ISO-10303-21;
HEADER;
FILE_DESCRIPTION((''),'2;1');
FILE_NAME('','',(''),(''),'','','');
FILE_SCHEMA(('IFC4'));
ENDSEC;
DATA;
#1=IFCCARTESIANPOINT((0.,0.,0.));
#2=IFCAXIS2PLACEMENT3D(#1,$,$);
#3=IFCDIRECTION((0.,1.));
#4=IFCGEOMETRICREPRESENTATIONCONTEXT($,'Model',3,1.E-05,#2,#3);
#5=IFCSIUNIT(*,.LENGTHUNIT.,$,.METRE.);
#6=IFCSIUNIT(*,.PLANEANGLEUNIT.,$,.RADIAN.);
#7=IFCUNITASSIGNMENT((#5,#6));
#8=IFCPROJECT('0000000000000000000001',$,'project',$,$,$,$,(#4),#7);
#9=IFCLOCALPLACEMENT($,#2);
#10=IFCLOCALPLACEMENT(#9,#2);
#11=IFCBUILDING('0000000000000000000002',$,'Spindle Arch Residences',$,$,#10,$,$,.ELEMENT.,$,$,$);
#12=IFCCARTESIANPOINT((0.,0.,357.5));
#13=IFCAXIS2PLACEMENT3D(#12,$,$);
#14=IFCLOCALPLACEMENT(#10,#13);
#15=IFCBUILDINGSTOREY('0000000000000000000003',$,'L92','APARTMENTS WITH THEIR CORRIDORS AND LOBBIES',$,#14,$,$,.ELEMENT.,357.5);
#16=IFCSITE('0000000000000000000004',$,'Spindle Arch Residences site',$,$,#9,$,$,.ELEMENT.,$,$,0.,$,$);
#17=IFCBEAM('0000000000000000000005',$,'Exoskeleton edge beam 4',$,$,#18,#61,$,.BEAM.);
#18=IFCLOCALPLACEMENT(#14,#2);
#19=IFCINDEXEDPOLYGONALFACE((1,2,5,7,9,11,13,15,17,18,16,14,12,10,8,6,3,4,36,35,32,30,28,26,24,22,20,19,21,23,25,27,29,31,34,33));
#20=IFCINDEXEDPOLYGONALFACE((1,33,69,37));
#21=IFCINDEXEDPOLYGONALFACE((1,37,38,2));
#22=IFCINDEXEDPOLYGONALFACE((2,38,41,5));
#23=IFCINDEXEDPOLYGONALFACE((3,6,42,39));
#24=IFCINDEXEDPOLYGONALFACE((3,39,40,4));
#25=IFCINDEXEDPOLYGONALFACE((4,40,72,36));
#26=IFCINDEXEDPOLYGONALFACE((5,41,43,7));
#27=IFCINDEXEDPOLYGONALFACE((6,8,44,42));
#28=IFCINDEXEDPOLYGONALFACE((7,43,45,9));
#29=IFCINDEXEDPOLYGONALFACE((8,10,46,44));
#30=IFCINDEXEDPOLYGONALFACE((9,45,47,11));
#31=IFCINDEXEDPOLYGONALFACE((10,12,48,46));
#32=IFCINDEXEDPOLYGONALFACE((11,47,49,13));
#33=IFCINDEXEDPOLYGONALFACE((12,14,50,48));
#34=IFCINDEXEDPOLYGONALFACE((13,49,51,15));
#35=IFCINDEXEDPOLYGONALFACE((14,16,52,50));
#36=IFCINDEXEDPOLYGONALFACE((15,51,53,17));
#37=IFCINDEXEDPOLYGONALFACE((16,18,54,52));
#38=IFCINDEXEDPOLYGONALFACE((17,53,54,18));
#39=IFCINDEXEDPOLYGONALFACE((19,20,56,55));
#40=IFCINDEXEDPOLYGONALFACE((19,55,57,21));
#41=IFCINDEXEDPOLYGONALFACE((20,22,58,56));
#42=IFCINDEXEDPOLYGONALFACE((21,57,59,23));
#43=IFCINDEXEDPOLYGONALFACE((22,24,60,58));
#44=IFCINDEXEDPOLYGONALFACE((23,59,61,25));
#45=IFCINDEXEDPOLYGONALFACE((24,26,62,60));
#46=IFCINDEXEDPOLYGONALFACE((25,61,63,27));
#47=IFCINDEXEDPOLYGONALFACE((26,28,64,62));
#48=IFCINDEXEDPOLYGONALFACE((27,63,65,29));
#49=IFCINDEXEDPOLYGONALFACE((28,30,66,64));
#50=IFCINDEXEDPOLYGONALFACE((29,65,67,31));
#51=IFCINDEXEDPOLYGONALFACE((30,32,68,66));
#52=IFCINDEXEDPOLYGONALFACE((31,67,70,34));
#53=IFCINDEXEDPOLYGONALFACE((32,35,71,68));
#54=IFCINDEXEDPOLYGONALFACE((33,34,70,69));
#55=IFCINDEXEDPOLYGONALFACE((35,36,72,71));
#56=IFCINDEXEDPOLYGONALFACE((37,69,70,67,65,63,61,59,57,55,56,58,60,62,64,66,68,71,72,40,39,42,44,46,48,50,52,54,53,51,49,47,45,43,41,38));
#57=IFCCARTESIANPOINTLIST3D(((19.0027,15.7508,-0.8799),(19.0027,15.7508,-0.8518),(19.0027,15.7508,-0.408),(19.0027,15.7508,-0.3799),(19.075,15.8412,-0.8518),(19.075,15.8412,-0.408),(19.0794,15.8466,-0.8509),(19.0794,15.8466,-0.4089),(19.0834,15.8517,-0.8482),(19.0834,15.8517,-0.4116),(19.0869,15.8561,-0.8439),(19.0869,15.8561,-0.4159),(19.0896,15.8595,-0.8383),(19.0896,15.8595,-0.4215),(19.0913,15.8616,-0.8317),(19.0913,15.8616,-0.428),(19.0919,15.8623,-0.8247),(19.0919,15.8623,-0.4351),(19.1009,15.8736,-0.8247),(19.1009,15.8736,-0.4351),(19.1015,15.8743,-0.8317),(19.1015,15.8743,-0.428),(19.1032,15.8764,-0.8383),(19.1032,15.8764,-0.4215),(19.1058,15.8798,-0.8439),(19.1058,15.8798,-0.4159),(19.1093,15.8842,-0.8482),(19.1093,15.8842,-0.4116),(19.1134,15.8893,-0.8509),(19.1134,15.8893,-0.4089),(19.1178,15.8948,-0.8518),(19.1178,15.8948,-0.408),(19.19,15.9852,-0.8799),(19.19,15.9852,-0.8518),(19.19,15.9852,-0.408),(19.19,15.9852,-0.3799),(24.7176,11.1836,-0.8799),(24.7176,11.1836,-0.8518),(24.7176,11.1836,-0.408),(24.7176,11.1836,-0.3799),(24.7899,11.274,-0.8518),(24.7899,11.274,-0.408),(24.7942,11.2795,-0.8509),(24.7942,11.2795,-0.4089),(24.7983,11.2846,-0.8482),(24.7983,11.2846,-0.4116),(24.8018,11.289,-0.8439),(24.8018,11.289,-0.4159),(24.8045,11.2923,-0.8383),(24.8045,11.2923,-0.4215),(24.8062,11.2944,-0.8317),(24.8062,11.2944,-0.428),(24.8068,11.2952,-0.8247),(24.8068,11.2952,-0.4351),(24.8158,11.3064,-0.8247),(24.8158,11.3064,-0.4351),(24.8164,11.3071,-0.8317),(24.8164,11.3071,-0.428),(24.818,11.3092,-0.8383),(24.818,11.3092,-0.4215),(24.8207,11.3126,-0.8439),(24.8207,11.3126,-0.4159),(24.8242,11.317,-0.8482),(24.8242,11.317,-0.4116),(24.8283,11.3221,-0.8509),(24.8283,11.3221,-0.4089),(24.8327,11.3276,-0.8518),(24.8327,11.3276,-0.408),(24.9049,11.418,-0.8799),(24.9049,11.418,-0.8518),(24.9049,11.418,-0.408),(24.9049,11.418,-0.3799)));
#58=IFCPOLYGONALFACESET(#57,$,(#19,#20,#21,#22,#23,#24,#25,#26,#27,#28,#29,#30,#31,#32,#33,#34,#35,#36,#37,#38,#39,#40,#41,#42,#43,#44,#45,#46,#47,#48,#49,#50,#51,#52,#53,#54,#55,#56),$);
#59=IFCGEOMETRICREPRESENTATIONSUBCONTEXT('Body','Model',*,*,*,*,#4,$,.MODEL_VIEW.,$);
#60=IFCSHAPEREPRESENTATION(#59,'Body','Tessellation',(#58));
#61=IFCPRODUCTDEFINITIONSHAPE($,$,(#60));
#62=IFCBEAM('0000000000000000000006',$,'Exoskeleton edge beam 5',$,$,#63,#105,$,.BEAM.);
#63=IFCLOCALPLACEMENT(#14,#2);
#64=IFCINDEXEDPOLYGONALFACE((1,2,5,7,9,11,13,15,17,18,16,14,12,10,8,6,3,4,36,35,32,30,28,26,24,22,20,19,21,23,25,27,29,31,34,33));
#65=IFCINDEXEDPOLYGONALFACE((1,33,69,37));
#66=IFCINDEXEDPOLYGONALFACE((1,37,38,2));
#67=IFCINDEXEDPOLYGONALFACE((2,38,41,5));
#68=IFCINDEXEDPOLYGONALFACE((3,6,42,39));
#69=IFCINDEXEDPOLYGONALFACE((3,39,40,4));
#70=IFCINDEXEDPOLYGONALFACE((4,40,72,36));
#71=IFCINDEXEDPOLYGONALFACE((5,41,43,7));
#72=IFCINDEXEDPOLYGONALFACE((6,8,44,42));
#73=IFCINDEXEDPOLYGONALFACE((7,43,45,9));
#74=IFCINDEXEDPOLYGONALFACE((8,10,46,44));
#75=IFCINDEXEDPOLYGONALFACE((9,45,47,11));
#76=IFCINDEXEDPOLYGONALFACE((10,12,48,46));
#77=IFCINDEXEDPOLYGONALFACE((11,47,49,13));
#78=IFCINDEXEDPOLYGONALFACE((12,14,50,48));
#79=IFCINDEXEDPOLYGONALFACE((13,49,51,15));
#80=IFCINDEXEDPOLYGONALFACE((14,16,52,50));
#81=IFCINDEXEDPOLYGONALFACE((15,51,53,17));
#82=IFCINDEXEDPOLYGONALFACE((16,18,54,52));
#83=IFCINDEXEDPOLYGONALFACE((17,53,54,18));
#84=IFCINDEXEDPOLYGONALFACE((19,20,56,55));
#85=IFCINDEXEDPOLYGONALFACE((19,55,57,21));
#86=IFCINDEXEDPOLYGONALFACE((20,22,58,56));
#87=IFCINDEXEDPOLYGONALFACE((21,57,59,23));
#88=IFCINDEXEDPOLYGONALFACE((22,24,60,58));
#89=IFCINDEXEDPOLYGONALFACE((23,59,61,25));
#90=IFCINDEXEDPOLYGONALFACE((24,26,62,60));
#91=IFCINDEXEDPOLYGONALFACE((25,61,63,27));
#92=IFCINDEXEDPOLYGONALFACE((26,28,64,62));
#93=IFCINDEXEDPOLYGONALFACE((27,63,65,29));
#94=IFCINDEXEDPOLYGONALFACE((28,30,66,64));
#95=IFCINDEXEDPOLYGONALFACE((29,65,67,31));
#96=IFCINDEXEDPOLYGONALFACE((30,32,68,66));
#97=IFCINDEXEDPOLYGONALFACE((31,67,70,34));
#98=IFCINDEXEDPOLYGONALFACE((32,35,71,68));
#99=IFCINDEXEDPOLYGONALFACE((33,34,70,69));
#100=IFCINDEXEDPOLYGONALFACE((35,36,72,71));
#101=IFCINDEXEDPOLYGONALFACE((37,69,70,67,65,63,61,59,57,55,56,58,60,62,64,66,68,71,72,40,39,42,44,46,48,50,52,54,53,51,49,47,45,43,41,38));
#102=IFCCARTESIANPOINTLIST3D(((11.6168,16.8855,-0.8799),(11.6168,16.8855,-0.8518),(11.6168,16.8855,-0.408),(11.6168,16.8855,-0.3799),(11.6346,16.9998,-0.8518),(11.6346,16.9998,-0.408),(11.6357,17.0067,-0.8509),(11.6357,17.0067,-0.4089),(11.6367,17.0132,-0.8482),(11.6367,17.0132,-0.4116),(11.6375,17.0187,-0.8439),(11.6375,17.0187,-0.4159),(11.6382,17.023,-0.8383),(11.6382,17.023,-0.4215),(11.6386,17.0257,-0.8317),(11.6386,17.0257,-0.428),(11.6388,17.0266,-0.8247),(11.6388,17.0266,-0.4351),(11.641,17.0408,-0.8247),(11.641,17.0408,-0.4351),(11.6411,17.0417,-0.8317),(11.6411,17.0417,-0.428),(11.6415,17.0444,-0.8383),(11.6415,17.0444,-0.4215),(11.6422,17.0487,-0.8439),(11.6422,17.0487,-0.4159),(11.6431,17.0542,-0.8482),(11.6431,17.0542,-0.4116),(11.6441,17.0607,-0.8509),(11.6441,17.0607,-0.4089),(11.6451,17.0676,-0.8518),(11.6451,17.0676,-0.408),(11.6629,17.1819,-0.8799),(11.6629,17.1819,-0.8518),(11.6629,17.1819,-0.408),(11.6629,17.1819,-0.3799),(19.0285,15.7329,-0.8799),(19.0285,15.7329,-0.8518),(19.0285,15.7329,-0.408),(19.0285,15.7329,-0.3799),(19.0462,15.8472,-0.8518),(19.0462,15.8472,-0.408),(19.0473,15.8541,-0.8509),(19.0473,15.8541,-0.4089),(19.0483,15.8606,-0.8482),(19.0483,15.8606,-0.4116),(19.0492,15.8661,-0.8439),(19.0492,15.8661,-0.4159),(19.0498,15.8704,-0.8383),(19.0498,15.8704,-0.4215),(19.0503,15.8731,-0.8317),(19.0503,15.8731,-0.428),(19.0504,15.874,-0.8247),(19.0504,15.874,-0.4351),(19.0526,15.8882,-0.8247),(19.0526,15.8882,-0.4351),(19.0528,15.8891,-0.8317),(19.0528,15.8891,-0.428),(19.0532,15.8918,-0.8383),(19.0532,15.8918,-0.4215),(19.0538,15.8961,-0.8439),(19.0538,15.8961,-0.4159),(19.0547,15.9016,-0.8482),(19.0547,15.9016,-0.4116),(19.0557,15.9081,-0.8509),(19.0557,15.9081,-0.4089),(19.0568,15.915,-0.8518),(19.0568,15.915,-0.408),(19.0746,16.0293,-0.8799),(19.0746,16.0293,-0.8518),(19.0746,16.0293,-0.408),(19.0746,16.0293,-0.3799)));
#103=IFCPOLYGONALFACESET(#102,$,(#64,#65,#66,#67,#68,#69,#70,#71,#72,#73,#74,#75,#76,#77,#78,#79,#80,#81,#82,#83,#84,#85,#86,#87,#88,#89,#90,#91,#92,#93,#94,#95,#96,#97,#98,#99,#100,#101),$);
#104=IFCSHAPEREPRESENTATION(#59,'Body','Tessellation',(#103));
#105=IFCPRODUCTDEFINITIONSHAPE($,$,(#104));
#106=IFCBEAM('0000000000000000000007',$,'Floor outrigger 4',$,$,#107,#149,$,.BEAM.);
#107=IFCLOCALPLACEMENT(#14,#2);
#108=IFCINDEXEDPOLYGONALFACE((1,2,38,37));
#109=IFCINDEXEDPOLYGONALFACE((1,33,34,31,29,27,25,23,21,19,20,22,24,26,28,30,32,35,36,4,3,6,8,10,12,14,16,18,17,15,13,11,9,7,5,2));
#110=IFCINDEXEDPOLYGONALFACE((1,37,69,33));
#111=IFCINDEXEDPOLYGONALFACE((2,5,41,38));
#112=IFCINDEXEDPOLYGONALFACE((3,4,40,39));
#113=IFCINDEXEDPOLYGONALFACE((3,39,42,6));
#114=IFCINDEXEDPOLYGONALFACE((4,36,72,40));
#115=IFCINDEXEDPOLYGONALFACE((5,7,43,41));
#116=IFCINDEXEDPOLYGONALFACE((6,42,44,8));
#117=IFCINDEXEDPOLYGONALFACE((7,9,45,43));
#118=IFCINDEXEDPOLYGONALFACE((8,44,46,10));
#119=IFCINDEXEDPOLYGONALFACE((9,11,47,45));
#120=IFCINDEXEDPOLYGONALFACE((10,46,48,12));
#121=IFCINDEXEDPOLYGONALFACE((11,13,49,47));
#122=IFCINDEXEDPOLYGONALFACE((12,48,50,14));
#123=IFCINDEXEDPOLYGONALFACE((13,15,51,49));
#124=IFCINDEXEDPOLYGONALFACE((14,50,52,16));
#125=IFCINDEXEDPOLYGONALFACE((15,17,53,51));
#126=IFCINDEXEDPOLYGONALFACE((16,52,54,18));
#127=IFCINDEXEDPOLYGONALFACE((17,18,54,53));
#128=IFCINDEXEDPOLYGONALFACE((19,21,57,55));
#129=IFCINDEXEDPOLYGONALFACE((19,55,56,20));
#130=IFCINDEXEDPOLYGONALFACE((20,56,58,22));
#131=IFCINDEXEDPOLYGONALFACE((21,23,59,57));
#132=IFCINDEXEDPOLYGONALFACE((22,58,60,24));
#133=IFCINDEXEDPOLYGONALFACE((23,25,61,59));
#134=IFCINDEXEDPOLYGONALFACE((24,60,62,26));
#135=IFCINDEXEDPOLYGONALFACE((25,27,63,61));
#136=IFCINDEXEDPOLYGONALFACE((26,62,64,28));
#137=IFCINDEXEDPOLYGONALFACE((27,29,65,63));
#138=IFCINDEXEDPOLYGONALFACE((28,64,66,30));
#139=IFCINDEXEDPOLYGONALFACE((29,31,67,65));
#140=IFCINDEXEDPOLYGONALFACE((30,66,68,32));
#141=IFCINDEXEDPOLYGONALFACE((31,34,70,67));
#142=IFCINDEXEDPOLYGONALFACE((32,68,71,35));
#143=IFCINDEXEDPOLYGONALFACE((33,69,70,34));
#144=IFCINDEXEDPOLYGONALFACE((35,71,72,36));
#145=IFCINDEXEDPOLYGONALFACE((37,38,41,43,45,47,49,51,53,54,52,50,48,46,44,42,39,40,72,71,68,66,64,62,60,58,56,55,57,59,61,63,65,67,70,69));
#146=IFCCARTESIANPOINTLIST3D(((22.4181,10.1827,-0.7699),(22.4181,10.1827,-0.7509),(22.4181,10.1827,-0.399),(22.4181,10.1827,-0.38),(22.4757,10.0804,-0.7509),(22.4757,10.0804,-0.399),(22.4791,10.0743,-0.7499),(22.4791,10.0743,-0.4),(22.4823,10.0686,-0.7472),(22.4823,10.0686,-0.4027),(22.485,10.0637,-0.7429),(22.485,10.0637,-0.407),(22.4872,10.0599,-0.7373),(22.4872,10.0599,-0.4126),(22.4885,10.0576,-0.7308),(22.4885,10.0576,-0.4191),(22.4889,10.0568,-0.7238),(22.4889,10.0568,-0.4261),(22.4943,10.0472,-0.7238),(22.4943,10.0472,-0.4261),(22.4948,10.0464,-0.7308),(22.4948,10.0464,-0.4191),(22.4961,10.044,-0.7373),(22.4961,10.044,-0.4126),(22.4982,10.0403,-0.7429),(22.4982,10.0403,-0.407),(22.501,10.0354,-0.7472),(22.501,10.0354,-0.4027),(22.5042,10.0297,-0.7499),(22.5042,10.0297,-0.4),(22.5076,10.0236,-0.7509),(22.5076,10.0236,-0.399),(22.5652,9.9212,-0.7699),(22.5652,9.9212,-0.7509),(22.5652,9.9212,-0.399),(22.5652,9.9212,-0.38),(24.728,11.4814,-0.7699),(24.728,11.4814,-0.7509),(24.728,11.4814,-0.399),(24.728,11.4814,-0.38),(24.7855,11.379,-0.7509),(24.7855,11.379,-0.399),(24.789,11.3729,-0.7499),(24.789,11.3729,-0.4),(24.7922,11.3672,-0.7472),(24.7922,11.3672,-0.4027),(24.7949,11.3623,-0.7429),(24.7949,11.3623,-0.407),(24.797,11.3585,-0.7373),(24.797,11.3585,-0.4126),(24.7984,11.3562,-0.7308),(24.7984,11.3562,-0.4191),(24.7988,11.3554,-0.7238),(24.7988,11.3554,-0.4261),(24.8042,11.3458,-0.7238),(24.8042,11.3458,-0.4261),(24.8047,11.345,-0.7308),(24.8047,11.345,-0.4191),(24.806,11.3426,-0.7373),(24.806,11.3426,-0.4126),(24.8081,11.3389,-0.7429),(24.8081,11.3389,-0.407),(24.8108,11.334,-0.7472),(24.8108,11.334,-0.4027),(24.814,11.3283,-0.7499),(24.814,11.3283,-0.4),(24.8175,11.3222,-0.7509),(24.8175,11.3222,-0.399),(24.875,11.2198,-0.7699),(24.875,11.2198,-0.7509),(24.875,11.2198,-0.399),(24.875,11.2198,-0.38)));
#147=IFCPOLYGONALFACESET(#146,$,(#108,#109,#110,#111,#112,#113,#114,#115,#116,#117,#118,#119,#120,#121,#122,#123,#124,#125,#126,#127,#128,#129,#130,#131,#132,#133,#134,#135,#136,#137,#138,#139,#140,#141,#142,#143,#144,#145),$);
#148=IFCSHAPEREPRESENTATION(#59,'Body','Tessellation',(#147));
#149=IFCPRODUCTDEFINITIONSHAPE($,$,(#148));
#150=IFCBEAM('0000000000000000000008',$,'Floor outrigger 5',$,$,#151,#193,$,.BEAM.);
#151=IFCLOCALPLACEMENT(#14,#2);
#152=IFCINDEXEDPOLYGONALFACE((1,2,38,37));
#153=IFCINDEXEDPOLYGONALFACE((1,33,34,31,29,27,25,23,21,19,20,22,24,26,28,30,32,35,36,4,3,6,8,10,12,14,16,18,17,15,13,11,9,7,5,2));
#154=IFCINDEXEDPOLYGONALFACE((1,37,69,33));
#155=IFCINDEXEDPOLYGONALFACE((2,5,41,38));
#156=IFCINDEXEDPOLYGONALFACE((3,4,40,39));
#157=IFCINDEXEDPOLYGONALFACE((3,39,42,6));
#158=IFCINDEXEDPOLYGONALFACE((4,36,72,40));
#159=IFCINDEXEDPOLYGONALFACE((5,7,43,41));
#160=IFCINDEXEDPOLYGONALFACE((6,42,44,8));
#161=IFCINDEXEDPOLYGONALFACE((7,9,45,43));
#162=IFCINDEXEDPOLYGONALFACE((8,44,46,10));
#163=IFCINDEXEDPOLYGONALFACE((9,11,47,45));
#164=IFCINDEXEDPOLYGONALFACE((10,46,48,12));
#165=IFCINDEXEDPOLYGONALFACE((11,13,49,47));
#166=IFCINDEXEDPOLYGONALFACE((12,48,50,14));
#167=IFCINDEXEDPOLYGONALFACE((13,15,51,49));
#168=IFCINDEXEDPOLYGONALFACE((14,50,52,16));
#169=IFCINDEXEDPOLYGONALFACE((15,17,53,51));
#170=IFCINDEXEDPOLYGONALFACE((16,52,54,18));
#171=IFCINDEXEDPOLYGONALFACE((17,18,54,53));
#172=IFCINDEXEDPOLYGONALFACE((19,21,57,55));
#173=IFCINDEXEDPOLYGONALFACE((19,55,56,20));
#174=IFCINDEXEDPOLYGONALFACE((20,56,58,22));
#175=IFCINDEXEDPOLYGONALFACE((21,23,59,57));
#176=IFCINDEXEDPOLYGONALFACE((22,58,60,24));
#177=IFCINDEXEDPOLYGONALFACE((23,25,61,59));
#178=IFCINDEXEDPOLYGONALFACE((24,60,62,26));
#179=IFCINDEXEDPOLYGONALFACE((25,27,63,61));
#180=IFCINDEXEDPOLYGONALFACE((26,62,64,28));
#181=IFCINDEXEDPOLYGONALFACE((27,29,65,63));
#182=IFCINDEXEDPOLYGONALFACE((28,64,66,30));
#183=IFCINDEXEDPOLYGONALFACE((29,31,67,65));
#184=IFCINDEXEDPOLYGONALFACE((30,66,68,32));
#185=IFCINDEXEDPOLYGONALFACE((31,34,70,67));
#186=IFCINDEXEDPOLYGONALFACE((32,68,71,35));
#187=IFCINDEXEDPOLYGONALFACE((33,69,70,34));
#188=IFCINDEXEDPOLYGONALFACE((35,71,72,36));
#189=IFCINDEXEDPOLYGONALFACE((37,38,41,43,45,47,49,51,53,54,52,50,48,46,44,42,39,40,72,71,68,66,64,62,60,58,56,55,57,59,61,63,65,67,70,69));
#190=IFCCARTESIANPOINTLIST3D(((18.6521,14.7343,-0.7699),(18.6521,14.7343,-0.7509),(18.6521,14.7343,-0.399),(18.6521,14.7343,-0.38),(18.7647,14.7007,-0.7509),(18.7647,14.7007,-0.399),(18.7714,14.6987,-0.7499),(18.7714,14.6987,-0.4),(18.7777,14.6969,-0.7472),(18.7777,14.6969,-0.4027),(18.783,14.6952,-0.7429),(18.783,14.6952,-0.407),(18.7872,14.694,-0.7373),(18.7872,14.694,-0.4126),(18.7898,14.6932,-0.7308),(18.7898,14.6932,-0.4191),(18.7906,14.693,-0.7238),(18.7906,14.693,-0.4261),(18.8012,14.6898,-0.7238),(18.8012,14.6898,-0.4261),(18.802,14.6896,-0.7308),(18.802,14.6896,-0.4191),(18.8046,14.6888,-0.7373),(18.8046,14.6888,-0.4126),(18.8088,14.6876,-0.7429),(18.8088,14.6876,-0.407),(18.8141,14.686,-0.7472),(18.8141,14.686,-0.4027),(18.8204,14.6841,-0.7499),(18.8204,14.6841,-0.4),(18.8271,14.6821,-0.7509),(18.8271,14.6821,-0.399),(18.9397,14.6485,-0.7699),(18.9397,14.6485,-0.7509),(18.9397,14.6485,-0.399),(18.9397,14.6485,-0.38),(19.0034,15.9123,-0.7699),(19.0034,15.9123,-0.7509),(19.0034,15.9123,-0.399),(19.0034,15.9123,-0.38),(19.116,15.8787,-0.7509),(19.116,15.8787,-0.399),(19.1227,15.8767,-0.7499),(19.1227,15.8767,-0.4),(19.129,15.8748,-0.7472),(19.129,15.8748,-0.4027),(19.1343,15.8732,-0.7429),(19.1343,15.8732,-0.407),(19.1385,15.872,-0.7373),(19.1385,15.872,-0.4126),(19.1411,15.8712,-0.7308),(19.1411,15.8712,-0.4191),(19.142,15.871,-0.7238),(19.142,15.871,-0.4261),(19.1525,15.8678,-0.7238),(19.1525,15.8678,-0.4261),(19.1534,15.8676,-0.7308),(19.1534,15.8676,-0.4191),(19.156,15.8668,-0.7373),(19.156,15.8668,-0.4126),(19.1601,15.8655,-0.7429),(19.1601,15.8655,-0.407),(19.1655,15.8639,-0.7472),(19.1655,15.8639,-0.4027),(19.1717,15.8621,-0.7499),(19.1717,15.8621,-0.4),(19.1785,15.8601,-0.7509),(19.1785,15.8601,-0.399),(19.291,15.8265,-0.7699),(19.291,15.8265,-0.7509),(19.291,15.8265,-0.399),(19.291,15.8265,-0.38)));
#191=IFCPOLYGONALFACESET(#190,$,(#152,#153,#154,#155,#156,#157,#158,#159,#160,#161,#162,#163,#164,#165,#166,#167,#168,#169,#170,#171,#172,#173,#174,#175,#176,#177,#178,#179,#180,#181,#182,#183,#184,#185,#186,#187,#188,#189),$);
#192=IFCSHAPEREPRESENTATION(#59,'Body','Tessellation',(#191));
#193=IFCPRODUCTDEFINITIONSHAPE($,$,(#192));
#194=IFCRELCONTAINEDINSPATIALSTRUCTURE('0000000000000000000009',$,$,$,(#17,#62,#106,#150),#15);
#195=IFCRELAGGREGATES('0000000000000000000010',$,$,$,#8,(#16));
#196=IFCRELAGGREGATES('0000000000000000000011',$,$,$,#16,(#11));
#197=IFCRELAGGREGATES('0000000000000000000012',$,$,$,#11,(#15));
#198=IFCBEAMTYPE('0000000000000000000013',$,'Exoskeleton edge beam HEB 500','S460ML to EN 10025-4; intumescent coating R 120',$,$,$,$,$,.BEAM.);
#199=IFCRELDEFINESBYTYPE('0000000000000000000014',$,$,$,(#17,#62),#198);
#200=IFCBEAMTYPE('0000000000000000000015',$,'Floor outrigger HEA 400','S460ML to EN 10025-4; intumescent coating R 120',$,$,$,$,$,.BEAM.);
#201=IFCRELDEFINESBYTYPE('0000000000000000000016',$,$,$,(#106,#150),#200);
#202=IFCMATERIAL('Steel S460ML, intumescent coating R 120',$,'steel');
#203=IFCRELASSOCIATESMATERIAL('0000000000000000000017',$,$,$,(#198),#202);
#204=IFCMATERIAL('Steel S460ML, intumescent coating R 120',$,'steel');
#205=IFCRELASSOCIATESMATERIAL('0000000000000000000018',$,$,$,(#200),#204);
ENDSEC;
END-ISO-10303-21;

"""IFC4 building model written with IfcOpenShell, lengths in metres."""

from ifc_helpers import new_model, si_unit, direction, frame, origin, origin_2d, place, context, subcontext, project, spatial, i_section, extrude, material, material_profile, profile_set, type_object, element, save


model = new_model("IFC4")

# Units and contexts
model_context = context("Model", 3, precision=1e-05, world=origin(), true_north=direction((0.0, 1.0)))
body_context = subcontext(model_context, "Body", "Model", "MODEL_VIEW")
ifc_project = project(units=[si_unit("LENGTHUNIT", "METRE"), si_unit("PLANEANGLEUNIT", "RADIAN")], contexts=[model_context])

# Site, building, storey
site_placement = place(None, origin())
site = spatial("IfcSite", under=ifc_project, at=site_placement, Name="Spindle Arch Residences site", CompositionType="ELEMENT", RefElevation=0.0)
building_placement = place(site_placement, origin())
building = spatial("IfcBuilding", under=site, at=building_placement, Name="Spindle Arch Residences", CompositionType="ELEMENT")
storey_placement = place(building_placement, frame((0.0, 0.0, 357.5)))
storey = spatial("IfcBuildingStorey", under=building, at=storey_placement, Name="L92", Description="APARTMENTS WITH THEIR CORRIDORS AND LOBBIES", CompositionType="ELEMENT", Elevation=357.5)

# Beams
ifc_material_1 = material(Name="Steel S460ML, intumescent coating R 120", Category="steel")
ifc_material_profile_1 = material_profile(ifc_material_1, i_section(OverallWidth=0.3, OverallDepth=0.5, WebThickness=0.0144, FlangeThickness=0.0281, FilletRadius=0.0271, at=origin_2d()), Name="HEB 500")
ifc_profile_set_1 = profile_set([ifc_material_profile_1], Name="Steel S460ML, intumescent coating R 120")
beam_type_1 = type_object("IfcBeamType", Name="Exoskeleton edge beam HEB 500", Description="S460ML to EN 10025-4; intumescent coating R 120", PredefinedType="BEAM", material=ifc_profile_set_1)
beam_1_placement = place(storey_placement, frame((24.8113, 11.3008, -0.6299), z_axis=(-0.781185, 0.6243, 0.0), x_axis=(-0.6243, -0.781185, 0.0)))
element("IfcBeam", 1, at=beam_1_placement, inside=storey, type_object=beam_type_1, Name="Exoskeleton edge beam 4", PredefinedType="BEAM", context=body_context, shape_type="SweptSolid", body=[
    extrude(i_section(OverallWidth=0.3, OverallDepth=0.5, WebThickness=0.0144, FlangeThickness=0.0281, FilletRadius=0.0271, at=origin_2d()), origin(), (0.0, 0.0, 1.0), 7.3157),
])
beam_2_placement = place(storey_placement, frame((19.0515, 15.8811, -0.6299), z_axis=(-0.988123, 0.153664, 0.0), x_axis=(-0.153664, -0.988123, 0.0)))
element("IfcBeam", 2, at=beam_2_placement, inside=storey, type_object=beam_type_1, Name="Exoskeleton edge beam 5", PredefinedType="BEAM", context=body_context, shape_type="SweptSolid", body=[
    extrude(i_section(OverallWidth=0.3, OverallDepth=0.5, WebThickness=0.0144, FlangeThickness=0.0281, FilletRadius=0.0271, at=origin_2d()), origin(), (0.0, 0.0, 1.0), 7.5007),
])
ifc_material_2 = material(Name="Steel S460ML, intumescent coating R 120", Category="steel")
ifc_material_profile_2 = material_profile(ifc_material_2, i_section(OverallWidth=0.3, OverallDepth=0.3899, WebThickness=0.011, FlangeThickness=0.019, FilletRadius=0.0271, at=origin_2d()), Name="HEA 400")
ifc_profile_set_2 = profile_set([ifc_material_profile_2], Name="Steel S460ML, intumescent coating R 120")
beam_type_2 = type_object("IfcBeamType", Name="Floor outrigger HEA 400", Description="S460ML to EN 10025-4; intumescent coating R 120", PredefinedType="BEAM", material=ifc_profile_set_2)
beam_3_placement = place(storey_placement, frame((24.8015, 11.3506, -0.575), z_axis=(-0.871686, -0.490064, 0.0), x_axis=(0.490064, -0.871686, 0.0)))
element("IfcBeam", 3, at=beam_3_placement, inside=storey, type_object=beam_type_2, Name="Floor outrigger 4", PredefinedType="BEAM", context=body_context, shape_type="SweptSolid", body=[
    extrude(i_section(OverallWidth=0.3, OverallDepth=0.3899, WebThickness=0.011, FlangeThickness=0.019, FilletRadius=0.0271, at=origin_2d()), origin(), (0.0, 0.0, 1.0), 2.6499),
])
beam_4_placement = place(storey_placement, frame((19.1472, 15.8694, -0.575), z_axis=(-0.285799, -0.95829, 0.0), x_axis=(0.95829, -0.285799, 0.0)))
element("IfcBeam", 4, at=beam_4_placement, inside=storey, type_object=beam_type_2, Name="Floor outrigger 5", PredefinedType="BEAM", context=body_context, shape_type="SweptSolid", body=[
    extrude(i_section(OverallWidth=0.3, OverallDepth=0.3899, WebThickness=0.011, FlangeThickness=0.019, FilletRadius=0.0271, at=origin_2d()), origin(), (0.0, 0.0, 1.0), 1.2292),
])

save(model, "model.ifc")
